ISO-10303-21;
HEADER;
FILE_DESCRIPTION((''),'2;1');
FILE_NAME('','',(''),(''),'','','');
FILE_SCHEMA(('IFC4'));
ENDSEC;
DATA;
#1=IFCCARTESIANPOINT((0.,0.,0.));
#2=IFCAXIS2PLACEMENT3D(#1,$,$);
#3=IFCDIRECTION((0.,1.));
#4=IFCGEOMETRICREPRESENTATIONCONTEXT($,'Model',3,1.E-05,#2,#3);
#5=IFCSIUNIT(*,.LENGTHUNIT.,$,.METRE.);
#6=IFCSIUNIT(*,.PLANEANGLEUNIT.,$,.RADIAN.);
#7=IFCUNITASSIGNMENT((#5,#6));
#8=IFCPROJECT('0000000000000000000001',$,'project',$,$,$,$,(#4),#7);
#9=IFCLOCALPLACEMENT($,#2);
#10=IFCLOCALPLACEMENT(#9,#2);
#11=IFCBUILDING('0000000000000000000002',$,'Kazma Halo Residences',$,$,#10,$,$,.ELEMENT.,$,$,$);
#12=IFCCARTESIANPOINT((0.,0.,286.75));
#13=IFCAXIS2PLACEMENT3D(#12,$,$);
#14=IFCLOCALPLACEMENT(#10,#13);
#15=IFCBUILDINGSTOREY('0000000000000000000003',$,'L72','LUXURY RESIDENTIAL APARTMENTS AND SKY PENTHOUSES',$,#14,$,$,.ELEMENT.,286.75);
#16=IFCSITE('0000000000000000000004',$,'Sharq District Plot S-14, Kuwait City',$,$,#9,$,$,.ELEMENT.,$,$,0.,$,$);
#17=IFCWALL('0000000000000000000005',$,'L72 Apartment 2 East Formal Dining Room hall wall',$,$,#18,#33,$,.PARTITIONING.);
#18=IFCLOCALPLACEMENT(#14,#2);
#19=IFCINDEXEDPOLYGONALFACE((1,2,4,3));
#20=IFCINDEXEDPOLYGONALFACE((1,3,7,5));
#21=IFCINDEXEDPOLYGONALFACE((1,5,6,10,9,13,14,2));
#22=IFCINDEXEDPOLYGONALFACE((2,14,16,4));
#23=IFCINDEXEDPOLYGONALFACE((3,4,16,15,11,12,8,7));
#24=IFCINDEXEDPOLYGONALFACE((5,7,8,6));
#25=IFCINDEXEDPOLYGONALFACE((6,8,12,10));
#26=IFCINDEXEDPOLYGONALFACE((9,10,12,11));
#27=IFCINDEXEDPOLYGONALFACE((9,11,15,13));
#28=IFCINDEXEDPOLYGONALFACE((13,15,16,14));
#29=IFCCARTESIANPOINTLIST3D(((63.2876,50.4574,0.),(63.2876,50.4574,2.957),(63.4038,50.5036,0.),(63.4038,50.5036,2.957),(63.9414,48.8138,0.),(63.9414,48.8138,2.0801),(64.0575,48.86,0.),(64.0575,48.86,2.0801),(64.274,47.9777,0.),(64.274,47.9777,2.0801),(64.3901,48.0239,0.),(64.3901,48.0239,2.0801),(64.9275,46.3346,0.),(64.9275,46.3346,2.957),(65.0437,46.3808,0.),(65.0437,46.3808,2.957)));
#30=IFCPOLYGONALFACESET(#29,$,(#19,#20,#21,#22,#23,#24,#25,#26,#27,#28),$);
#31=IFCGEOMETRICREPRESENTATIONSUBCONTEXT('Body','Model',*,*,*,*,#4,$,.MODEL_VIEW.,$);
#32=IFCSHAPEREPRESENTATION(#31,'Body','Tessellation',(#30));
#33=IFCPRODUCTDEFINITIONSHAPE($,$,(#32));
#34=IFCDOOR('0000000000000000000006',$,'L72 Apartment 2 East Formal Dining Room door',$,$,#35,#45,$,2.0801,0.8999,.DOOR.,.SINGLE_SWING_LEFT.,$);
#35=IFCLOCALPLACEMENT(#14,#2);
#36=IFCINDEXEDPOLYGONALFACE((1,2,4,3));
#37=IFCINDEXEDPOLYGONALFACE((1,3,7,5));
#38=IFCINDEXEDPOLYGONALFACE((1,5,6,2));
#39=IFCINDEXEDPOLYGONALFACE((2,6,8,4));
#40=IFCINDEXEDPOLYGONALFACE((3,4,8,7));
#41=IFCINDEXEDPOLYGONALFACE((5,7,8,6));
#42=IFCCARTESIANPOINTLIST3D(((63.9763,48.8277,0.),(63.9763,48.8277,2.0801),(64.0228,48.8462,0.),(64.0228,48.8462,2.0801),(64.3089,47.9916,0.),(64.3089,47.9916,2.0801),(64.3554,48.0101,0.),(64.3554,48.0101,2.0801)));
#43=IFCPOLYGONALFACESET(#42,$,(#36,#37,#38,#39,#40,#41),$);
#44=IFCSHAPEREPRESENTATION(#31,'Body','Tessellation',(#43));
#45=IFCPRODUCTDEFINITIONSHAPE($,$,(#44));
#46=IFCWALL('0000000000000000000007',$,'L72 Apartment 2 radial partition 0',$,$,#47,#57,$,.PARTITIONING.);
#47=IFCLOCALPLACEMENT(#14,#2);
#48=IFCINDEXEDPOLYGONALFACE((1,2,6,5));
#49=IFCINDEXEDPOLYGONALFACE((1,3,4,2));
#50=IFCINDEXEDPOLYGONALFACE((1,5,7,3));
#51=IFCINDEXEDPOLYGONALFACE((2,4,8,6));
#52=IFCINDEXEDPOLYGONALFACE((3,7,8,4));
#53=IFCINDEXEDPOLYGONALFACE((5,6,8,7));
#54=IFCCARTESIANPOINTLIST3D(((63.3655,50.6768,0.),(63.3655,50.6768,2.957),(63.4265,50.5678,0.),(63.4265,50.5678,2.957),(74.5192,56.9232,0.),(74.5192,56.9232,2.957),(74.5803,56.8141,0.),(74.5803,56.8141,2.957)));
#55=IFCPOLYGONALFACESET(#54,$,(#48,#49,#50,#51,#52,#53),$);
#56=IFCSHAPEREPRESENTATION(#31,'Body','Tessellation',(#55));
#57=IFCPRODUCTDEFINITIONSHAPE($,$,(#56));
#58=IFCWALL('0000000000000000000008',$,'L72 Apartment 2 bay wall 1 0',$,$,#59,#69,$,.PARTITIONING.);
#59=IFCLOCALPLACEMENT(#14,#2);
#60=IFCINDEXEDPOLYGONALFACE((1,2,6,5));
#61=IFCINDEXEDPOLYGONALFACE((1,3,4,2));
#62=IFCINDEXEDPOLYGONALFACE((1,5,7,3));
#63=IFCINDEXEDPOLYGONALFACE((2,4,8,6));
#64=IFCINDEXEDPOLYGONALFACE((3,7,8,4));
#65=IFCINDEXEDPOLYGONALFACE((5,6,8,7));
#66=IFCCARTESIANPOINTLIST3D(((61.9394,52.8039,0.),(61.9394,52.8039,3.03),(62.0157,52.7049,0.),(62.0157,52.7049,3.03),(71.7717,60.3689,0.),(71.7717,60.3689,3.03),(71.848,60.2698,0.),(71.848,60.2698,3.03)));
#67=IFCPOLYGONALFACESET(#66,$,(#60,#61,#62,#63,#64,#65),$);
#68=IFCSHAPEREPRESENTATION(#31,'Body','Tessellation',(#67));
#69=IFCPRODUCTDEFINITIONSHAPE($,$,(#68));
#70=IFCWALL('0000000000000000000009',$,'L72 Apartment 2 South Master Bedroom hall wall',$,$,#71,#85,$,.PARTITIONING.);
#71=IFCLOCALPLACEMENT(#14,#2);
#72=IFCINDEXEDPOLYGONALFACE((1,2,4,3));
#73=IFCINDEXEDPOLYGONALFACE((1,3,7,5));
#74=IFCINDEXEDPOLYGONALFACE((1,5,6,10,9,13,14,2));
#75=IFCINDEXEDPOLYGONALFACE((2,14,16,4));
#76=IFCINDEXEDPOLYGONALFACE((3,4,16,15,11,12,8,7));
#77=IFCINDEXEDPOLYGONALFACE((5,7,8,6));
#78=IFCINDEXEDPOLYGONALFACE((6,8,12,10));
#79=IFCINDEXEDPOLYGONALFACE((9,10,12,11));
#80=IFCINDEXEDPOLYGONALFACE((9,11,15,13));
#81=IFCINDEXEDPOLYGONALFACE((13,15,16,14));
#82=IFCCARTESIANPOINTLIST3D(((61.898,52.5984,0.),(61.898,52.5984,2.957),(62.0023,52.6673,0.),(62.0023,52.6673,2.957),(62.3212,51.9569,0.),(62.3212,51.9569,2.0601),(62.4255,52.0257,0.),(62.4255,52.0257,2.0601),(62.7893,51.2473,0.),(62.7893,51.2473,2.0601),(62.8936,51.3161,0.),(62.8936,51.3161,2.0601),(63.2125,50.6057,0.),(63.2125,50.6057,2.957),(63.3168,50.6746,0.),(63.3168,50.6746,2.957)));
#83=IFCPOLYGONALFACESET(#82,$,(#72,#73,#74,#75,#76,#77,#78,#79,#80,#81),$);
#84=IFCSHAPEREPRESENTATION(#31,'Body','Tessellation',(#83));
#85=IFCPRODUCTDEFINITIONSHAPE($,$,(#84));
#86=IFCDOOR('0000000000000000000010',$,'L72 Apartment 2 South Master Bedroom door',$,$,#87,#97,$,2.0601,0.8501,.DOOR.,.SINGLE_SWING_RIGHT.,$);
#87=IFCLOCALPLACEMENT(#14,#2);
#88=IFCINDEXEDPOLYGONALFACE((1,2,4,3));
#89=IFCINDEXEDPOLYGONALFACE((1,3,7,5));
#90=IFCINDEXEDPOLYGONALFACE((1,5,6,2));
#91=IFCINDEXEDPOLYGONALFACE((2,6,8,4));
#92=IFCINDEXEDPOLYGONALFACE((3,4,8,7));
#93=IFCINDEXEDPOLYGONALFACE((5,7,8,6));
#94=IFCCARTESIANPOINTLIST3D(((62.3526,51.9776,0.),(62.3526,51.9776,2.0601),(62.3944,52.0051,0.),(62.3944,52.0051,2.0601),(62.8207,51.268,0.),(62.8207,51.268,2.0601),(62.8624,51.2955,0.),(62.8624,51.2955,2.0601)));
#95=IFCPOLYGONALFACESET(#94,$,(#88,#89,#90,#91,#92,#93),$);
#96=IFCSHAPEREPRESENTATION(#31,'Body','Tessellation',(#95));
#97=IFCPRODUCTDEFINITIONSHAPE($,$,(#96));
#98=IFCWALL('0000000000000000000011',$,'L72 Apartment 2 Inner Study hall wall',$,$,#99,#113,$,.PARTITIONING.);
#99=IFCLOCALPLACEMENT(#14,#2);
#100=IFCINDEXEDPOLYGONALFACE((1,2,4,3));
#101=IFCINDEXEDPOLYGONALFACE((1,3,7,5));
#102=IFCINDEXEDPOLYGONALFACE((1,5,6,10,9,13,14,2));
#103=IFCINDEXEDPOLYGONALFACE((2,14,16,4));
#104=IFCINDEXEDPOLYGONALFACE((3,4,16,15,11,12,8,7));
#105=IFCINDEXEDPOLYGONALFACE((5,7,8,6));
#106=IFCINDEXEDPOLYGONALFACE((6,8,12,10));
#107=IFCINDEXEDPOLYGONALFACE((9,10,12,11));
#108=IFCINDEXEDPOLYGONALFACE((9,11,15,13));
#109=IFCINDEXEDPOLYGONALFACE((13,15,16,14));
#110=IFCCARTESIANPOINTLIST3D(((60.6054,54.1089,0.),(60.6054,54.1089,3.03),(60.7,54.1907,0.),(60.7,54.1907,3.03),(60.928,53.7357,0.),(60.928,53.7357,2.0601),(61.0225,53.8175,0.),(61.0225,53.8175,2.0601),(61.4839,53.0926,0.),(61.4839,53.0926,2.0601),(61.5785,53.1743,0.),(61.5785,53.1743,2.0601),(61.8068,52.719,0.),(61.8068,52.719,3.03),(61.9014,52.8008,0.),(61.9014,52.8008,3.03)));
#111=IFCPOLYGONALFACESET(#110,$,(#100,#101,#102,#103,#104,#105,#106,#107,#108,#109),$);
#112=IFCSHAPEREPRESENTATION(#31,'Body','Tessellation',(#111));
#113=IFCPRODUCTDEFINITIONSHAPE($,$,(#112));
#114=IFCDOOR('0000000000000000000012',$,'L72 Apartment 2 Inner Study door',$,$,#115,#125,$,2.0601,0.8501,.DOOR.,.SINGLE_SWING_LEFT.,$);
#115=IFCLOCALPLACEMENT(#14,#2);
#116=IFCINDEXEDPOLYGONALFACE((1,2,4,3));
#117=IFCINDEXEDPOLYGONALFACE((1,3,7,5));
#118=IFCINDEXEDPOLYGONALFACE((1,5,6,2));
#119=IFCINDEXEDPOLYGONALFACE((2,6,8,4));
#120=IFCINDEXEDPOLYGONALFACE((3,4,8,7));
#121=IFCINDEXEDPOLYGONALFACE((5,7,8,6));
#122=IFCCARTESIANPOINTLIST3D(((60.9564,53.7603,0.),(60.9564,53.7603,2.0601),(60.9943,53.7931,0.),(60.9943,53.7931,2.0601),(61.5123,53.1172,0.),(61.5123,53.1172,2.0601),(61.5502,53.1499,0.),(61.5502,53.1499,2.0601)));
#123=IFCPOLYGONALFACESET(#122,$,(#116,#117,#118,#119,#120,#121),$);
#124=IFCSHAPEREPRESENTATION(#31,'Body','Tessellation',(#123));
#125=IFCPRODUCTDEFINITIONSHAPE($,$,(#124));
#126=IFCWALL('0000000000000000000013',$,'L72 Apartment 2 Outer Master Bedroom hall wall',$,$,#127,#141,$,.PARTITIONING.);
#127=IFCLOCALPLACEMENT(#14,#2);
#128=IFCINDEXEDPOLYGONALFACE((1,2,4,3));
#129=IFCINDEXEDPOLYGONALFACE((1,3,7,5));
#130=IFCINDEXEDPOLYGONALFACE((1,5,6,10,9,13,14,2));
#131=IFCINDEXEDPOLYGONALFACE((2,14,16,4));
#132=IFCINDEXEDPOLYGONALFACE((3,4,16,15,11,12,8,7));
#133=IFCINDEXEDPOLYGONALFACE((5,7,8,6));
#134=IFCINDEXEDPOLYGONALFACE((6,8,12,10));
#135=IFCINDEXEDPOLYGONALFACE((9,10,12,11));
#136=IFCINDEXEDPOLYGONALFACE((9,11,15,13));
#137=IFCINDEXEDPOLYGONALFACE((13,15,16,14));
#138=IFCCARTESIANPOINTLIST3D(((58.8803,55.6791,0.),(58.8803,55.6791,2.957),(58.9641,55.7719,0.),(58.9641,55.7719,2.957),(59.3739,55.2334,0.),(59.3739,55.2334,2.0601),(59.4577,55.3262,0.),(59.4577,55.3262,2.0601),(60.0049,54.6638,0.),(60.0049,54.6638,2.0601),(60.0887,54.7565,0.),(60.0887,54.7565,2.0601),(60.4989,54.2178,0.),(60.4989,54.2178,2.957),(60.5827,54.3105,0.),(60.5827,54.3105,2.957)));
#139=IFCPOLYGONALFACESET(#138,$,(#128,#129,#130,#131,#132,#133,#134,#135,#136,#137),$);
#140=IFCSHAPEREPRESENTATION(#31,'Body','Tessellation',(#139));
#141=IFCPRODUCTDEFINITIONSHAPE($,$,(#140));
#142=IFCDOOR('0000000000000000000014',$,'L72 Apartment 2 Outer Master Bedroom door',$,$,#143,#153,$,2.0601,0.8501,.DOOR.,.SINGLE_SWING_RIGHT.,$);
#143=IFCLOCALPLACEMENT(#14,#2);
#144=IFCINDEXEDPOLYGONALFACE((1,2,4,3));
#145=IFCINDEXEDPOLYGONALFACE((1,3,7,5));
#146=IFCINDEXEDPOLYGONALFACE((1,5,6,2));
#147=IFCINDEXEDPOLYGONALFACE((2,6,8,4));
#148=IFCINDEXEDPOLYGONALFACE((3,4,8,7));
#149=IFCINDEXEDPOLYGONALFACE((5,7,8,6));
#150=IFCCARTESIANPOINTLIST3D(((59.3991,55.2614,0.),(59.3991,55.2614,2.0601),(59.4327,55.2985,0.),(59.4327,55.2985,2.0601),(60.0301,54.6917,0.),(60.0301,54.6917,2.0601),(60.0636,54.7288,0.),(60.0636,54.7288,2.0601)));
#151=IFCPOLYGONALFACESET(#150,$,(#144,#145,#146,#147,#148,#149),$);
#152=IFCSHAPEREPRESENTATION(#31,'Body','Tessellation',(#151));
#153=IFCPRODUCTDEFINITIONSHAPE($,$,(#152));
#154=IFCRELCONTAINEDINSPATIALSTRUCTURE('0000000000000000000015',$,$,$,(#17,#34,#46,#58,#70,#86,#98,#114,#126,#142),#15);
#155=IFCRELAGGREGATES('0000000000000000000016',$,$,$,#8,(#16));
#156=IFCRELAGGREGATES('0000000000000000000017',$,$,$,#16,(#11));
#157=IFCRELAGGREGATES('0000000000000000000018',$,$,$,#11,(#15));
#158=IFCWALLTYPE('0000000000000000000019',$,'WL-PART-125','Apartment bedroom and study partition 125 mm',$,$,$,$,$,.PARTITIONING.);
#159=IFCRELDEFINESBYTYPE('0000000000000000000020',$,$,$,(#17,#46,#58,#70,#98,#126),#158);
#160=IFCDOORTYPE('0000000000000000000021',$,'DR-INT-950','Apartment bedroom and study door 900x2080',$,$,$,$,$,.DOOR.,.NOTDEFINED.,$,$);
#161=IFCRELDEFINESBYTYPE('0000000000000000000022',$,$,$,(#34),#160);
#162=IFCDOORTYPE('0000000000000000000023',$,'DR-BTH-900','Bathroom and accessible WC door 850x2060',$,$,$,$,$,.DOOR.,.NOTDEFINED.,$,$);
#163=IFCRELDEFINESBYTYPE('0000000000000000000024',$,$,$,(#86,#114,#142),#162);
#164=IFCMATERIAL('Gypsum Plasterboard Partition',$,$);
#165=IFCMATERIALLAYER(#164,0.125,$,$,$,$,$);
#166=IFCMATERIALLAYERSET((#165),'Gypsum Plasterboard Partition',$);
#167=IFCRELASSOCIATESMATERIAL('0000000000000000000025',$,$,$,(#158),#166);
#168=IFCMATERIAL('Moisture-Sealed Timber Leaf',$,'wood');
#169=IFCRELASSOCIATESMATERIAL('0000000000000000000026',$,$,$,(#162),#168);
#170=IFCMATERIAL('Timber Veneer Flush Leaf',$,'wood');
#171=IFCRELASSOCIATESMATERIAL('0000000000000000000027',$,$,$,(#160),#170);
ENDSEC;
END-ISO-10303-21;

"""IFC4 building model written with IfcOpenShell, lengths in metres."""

from ifc_helpers import new_model, si_unit, direction, frame, frame_2d, origin, place, context, subcontext, project, spatial, rectangle, extrude, material, layer, layer_set, type_object, element, fill, save


model = new_model("IFC4")

# Units and contexts
model_context = context("Model", 3, precision=1e-05, world=origin(), true_north=direction((0.0, 1.0)))
body_context = subcontext(model_context, "Body", "Model", "MODEL_VIEW")
ifc_project = project(units=[si_unit("LENGTHUNIT", "METRE"), si_unit("PLANEANGLEUNIT", "RADIAN")], contexts=[model_context])

# Site, building, storey
site_placement = place(None, origin())
site = spatial("IfcSite", under=ifc_project, at=site_placement, Name="Sharq District Plot S-14, Kuwait City", CompositionType="ELEMENT", RefElevation=0.0)
building_placement = place(site_placement, origin())
building = spatial("IfcBuilding", under=site, at=building_placement, Name="Kazma Halo Residences", CompositionType="ELEMENT")
storey_placement = place(building_placement, frame((0.0, 0.0, 286.75)))
storey = spatial("IfcBuildingStorey", under=building, at=storey_placement, Name="L72", Description="LUXURY RESIDENTIAL APARTMENTS AND SKY PENTHOUSES", CompositionType="ELEMENT", Elevation=286.75)

# Shared definitions
ifc_material_1 = material(Name="Gypsum Plasterboard Partition")
ifc_layer_1 = layer(ifc_material_1, 0.125)
ifc_layer_set_1 = layer_set([ifc_layer_1], Name="Gypsum Plasterboard Partition")
wall_type_1 = type_object("IfcWallType", Name="WL-PART-125", Description="Apartment bedroom and study partition 125 mm", PredefinedType="PARTITIONING", material=ifc_layer_set_1)

# Wall, opening, door
ifc_material_2 = material(Name="Moisture-Sealed Timber Leaf", Category="wood")
door_type_1 = type_object("IfcDoorType", Name="DR-BTH-900", Description="Bathroom and accessible WC door 850x2060", OperationType="NOTDEFINED", PredefinedType="DOOR", material=ifc_material_2)
wall_1_placement = place(storey_placement, frame((64.9856, 46.3577, 0.0), z_axis=(0.0, 0.0, 1.0), x_axis=(-0.369597, 0.929192, 0.0)))
wall_1 = element("IfcWall", 1, at=wall_1_placement, inside=storey, type_object=wall_type_1, Name="L72 Apartment 2 East Formal Dining Room hall wall", PredefinedType="PARTITIONING", context=body_context, shape_type="SweptSolid", body=[
    extrude(rectangle(XDim=4.437, YDim=0.125, at=frame_2d((2.2185, 0.0))), origin(), (0.0, 0.0, 1.0), 2.957),
])
opening_1_placement = place(wall_1_placement, frame((1.7683, 0.0, 0.0)))
opening_1 = element("IfcOpeningElement", 2, at=opening_1_placement, cuts=wall_1, PredefinedType="OPENING", context=body_context, shape_type="SweptSolid", body=[
    extrude(rectangle(XDim=0.8999, YDim=2.0801, at=frame_2d((0.45, 1.04))), frame((0.0, 0.0725, 0.0), z_axis=(0.0, -1.0, 0.0), x_axis=(1.0, 0.0, 0.0)), (0.0, 0.0, 1.0), 0.145),
])
ifc_material_3 = material(Name="Timber Veneer Flush Leaf", Category="wood")
door_type_2 = type_object("IfcDoorType", Name="DR-INT-950", Description="Apartment bedroom and study door 900x2080", OperationType="NOTDEFINED", PredefinedType="DOOR", material=ifc_material_3)
door_1_placement = place(opening_1_placement, origin())
door_1 = element("IfcDoor", 3, at=door_1_placement, inside=storey, type_object=door_type_2, Name="L72 Apartment 2 East Formal Dining Room door", OperationType="SINGLE_SWING_LEFT", OverallHeight=2.0801, OverallWidth=0.8999, PredefinedType="DOOR", context=body_context, shape_type="SweptSolid", body=[
    extrude(rectangle(XDim=0.8999, YDim=2.0801, at=frame_2d((0.45, 1.04))), frame((0.0, 0.0249, 0.0), z_axis=(0.0, -1.0, 0.0), x_axis=(1.0, 0.0, 0.0)), (0.0, 0.0, 1.0), 0.05),
])
fill(opening_1, door_1)

# Walls
wall_2_placement = place(storey_placement, frame((63.396, 50.6223, 0.0), z_axis=(0.0, 0.0, 1.0), x_axis=(0.872499, 0.488616, 0.0)))
element("IfcWall", 4, at=wall_2_placement, inside=storey, type_object=wall_type_1, Name="L72 Apartment 2 radial partition 0", PredefinedType="PARTITIONING", context=body_context, shape_type="SweptSolid", body=[
    extrude(rectangle(XDim=12.7837, YDim=0.125, at=frame_2d((6.3918, 0.0))), origin(), (0.0, 0.0, 1.0), 2.957),
])
wall_3_placement = place(storey_placement, frame((61.9775, 52.7544, 0.0), z_axis=(0.0, 0.0, 1.0), x_axis=(0.79256, 0.609794, 0.0)))
element("IfcWall", 5, at=wall_3_placement, inside=storey, type_object=wall_type_1, Name="L72 Apartment 2 bay wall 1 0", PredefinedType="PARTITIONING", context=body_context, shape_type="SweptSolid", body=[
    extrude(rectangle(XDim=12.4058, YDim=0.125, at=frame_2d((6.2029, 0.0))), origin(), (0.0, 0.0, 1.0), 3.03),
])

# Walls, openings, doors
wall_4_placement = place(storey_placement, frame((63.2646, 50.6401, 0.0), z_axis=(0.0, 0.0, 1.0), x_axis=(-0.550634, 0.834747, 0.0)))
wall_4 = element("IfcWall", 6, at=wall_4_placement, inside=storey, type_object=wall_type_1, Name="L72 Apartment 2 South Master Bedroom hall wall", PredefinedType="PARTITIONING", context=body_context, shape_type="SweptSolid", body=[
    extrude(rectangle(XDim=2.3872, YDim=0.125, at=frame_2d((1.1936, 0.0))), origin(), (0.0, 0.0, 1.0), 2.957),
])
opening_2_placement = place(wall_4_placement, frame((0.7686, 0.0, 0.0)))
opening_2 = element("IfcOpeningElement", 7, at=opening_2_placement, cuts=wall_4, PredefinedType="OPENING", context=body_context, shape_type="SweptSolid", body=[
    extrude(rectangle(XDim=0.8501, YDim=2.0601, at=frame_2d((0.425, 1.03))), frame((0.0, 0.0725, 0.0), z_axis=(0.0, -1.0, 0.0), x_axis=(1.0, 0.0, 0.0)), (0.0, 0.0, 1.0), 0.145),
])
door_2_placement = place(opening_2_placement, origin())
door_2 = element("IfcDoor", 8, at=door_2_placement, inside=storey, type_object=door_type_1, Name="L72 Apartment 2 South Master Bedroom door", OperationType="SINGLE_SWING_RIGHT", OverallHeight=2.0601, OverallWidth=0.8501, PredefinedType="DOOR", context=body_context, shape_type="SweptSolid", body=[
    extrude(rectangle(XDim=0.8501, YDim=2.0601, at=frame_2d((0.425, 1.03))), frame((0.0, 0.0249, 0.0), z_axis=(0.0, -1.0, 0.0), x_axis=(1.0, 0.0, 0.0)), (0.0, 0.0, 1.0), 0.05),
])
fill(opening_2, door_2)
wall_5_placement = place(storey_placement, frame((61.854, 52.76, 0.0), z_axis=(0.0, 0.0, 1.0), x_axis=(-0.653948, 0.756539, 0.0)))
wall_5 = element("IfcWall", 9, at=wall_5_placement, inside=storey, type_object=wall_type_1, Name="L72 Apartment 2 Inner Study hall wall", PredefinedType="PARTITIONING", context=body_context, shape_type="SweptSolid", body=[
    extrude(rectangle(XDim=1.8372, YDim=0.125, at=frame_2d((0.9185, 0.0))), origin(), (0.0, 0.0, 1.0), 3.03),
])
opening_3_placement = place(wall_5_placement, frame((0.4937, 0.0, 0.0)))
opening_3 = element("IfcOpeningElement", 10, at=opening_3_placement, cuts=wall_5, PredefinedType="OPENING", context=body_context, shape_type="SweptSolid", body=[
    extrude(rectangle(XDim=0.8501, YDim=2.0601, at=frame_2d((0.425, 1.03))), frame((0.0, 0.0725, 0.0), z_axis=(0.0, -1.0, 0.0), x_axis=(1.0, 0.0, 0.0)), (0.0, 0.0, 1.0), 0.145),
])
door_3_placement = place(opening_3_placement, origin())
door_3 = element("IfcDoor", 11, at=door_3_placement, inside=storey, type_object=door_type_1, Name="L72 Apartment 2 Inner Study door", OperationType="SINGLE_SWING_LEFT", OverallHeight=2.0601, OverallWidth=0.8501, PredefinedType="DOOR", context=body_context, shape_type="SweptSolid", body=[
    extrude(rectangle(XDim=0.8501, YDim=2.0601, at=frame_2d((0.425, 1.03))), frame((0.0, 0.0249, 0.0), z_axis=(0.0, -1.0, 0.0), x_axis=(1.0, 0.0, 0.0)), (0.0, 0.0, 1.0), 0.05),
])
fill(opening_3, door_3)
wall_6_placement = place(storey_placement, frame((60.5408, 54.2642, 0.0), z_axis=(0.0, 0.0, 1.0), x_axis=(-0.742236, 0.670139, 0.0)))
wall_6 = element("IfcWall", 12, at=wall_6_placement, inside=storey, type_object=wall_type_1, Name="L72 Apartment 2 Outer Master Bedroom hall wall", PredefinedType="PARTITIONING", context=body_context, shape_type="SweptSolid", body=[
    extrude(rectangle(XDim=2.1807, YDim=0.125, at=frame_2d((1.0903, 0.0))), origin(), (0.0, 0.0, 1.0), 2.957),
])
opening_4_placement = place(wall_6_placement, frame((0.6655, 0.0, 0.0)))
opening_4 = element("IfcOpeningElement", 13, at=opening_4_placement, cuts=wall_6, PredefinedType="OPENING", context=body_context, shape_type="SweptSolid", body=[
    extrude(rectangle(XDim=0.8501, YDim=2.0601, at=frame_2d((0.425, 1.03))), frame((0.0, 0.0725, 0.0), z_axis=(0.0, -1.0, 0.0), x_axis=(1.0, 0.0, 0.0)), (0.0, 0.0, 1.0), 0.145),
])
door_4_placement = place(opening_4_placement, origin())
door_4 = element("IfcDoor", 14, at=door_4_placement, inside=storey, type_object=door_type_1, Name="L72 Apartment 2 Outer Master Bedroom door", OperationType="SINGLE_SWING_RIGHT", OverallHeight=2.0601, OverallWidth=0.8501, PredefinedType="DOOR", context=body_context, shape_type="SweptSolid", body=[
    extrude(rectangle(XDim=0.8501, YDim=2.0601, at=frame_2d((0.425, 1.03))), frame((0.0, 0.0249, 0.0), z_axis=(0.0, -1.0, 0.0), x_axis=(1.0, 0.0, 0.0)), (0.0, 0.0, 1.0), 0.05),
])
fill(opening_4, door_4)

save(model, "model.ifc")
